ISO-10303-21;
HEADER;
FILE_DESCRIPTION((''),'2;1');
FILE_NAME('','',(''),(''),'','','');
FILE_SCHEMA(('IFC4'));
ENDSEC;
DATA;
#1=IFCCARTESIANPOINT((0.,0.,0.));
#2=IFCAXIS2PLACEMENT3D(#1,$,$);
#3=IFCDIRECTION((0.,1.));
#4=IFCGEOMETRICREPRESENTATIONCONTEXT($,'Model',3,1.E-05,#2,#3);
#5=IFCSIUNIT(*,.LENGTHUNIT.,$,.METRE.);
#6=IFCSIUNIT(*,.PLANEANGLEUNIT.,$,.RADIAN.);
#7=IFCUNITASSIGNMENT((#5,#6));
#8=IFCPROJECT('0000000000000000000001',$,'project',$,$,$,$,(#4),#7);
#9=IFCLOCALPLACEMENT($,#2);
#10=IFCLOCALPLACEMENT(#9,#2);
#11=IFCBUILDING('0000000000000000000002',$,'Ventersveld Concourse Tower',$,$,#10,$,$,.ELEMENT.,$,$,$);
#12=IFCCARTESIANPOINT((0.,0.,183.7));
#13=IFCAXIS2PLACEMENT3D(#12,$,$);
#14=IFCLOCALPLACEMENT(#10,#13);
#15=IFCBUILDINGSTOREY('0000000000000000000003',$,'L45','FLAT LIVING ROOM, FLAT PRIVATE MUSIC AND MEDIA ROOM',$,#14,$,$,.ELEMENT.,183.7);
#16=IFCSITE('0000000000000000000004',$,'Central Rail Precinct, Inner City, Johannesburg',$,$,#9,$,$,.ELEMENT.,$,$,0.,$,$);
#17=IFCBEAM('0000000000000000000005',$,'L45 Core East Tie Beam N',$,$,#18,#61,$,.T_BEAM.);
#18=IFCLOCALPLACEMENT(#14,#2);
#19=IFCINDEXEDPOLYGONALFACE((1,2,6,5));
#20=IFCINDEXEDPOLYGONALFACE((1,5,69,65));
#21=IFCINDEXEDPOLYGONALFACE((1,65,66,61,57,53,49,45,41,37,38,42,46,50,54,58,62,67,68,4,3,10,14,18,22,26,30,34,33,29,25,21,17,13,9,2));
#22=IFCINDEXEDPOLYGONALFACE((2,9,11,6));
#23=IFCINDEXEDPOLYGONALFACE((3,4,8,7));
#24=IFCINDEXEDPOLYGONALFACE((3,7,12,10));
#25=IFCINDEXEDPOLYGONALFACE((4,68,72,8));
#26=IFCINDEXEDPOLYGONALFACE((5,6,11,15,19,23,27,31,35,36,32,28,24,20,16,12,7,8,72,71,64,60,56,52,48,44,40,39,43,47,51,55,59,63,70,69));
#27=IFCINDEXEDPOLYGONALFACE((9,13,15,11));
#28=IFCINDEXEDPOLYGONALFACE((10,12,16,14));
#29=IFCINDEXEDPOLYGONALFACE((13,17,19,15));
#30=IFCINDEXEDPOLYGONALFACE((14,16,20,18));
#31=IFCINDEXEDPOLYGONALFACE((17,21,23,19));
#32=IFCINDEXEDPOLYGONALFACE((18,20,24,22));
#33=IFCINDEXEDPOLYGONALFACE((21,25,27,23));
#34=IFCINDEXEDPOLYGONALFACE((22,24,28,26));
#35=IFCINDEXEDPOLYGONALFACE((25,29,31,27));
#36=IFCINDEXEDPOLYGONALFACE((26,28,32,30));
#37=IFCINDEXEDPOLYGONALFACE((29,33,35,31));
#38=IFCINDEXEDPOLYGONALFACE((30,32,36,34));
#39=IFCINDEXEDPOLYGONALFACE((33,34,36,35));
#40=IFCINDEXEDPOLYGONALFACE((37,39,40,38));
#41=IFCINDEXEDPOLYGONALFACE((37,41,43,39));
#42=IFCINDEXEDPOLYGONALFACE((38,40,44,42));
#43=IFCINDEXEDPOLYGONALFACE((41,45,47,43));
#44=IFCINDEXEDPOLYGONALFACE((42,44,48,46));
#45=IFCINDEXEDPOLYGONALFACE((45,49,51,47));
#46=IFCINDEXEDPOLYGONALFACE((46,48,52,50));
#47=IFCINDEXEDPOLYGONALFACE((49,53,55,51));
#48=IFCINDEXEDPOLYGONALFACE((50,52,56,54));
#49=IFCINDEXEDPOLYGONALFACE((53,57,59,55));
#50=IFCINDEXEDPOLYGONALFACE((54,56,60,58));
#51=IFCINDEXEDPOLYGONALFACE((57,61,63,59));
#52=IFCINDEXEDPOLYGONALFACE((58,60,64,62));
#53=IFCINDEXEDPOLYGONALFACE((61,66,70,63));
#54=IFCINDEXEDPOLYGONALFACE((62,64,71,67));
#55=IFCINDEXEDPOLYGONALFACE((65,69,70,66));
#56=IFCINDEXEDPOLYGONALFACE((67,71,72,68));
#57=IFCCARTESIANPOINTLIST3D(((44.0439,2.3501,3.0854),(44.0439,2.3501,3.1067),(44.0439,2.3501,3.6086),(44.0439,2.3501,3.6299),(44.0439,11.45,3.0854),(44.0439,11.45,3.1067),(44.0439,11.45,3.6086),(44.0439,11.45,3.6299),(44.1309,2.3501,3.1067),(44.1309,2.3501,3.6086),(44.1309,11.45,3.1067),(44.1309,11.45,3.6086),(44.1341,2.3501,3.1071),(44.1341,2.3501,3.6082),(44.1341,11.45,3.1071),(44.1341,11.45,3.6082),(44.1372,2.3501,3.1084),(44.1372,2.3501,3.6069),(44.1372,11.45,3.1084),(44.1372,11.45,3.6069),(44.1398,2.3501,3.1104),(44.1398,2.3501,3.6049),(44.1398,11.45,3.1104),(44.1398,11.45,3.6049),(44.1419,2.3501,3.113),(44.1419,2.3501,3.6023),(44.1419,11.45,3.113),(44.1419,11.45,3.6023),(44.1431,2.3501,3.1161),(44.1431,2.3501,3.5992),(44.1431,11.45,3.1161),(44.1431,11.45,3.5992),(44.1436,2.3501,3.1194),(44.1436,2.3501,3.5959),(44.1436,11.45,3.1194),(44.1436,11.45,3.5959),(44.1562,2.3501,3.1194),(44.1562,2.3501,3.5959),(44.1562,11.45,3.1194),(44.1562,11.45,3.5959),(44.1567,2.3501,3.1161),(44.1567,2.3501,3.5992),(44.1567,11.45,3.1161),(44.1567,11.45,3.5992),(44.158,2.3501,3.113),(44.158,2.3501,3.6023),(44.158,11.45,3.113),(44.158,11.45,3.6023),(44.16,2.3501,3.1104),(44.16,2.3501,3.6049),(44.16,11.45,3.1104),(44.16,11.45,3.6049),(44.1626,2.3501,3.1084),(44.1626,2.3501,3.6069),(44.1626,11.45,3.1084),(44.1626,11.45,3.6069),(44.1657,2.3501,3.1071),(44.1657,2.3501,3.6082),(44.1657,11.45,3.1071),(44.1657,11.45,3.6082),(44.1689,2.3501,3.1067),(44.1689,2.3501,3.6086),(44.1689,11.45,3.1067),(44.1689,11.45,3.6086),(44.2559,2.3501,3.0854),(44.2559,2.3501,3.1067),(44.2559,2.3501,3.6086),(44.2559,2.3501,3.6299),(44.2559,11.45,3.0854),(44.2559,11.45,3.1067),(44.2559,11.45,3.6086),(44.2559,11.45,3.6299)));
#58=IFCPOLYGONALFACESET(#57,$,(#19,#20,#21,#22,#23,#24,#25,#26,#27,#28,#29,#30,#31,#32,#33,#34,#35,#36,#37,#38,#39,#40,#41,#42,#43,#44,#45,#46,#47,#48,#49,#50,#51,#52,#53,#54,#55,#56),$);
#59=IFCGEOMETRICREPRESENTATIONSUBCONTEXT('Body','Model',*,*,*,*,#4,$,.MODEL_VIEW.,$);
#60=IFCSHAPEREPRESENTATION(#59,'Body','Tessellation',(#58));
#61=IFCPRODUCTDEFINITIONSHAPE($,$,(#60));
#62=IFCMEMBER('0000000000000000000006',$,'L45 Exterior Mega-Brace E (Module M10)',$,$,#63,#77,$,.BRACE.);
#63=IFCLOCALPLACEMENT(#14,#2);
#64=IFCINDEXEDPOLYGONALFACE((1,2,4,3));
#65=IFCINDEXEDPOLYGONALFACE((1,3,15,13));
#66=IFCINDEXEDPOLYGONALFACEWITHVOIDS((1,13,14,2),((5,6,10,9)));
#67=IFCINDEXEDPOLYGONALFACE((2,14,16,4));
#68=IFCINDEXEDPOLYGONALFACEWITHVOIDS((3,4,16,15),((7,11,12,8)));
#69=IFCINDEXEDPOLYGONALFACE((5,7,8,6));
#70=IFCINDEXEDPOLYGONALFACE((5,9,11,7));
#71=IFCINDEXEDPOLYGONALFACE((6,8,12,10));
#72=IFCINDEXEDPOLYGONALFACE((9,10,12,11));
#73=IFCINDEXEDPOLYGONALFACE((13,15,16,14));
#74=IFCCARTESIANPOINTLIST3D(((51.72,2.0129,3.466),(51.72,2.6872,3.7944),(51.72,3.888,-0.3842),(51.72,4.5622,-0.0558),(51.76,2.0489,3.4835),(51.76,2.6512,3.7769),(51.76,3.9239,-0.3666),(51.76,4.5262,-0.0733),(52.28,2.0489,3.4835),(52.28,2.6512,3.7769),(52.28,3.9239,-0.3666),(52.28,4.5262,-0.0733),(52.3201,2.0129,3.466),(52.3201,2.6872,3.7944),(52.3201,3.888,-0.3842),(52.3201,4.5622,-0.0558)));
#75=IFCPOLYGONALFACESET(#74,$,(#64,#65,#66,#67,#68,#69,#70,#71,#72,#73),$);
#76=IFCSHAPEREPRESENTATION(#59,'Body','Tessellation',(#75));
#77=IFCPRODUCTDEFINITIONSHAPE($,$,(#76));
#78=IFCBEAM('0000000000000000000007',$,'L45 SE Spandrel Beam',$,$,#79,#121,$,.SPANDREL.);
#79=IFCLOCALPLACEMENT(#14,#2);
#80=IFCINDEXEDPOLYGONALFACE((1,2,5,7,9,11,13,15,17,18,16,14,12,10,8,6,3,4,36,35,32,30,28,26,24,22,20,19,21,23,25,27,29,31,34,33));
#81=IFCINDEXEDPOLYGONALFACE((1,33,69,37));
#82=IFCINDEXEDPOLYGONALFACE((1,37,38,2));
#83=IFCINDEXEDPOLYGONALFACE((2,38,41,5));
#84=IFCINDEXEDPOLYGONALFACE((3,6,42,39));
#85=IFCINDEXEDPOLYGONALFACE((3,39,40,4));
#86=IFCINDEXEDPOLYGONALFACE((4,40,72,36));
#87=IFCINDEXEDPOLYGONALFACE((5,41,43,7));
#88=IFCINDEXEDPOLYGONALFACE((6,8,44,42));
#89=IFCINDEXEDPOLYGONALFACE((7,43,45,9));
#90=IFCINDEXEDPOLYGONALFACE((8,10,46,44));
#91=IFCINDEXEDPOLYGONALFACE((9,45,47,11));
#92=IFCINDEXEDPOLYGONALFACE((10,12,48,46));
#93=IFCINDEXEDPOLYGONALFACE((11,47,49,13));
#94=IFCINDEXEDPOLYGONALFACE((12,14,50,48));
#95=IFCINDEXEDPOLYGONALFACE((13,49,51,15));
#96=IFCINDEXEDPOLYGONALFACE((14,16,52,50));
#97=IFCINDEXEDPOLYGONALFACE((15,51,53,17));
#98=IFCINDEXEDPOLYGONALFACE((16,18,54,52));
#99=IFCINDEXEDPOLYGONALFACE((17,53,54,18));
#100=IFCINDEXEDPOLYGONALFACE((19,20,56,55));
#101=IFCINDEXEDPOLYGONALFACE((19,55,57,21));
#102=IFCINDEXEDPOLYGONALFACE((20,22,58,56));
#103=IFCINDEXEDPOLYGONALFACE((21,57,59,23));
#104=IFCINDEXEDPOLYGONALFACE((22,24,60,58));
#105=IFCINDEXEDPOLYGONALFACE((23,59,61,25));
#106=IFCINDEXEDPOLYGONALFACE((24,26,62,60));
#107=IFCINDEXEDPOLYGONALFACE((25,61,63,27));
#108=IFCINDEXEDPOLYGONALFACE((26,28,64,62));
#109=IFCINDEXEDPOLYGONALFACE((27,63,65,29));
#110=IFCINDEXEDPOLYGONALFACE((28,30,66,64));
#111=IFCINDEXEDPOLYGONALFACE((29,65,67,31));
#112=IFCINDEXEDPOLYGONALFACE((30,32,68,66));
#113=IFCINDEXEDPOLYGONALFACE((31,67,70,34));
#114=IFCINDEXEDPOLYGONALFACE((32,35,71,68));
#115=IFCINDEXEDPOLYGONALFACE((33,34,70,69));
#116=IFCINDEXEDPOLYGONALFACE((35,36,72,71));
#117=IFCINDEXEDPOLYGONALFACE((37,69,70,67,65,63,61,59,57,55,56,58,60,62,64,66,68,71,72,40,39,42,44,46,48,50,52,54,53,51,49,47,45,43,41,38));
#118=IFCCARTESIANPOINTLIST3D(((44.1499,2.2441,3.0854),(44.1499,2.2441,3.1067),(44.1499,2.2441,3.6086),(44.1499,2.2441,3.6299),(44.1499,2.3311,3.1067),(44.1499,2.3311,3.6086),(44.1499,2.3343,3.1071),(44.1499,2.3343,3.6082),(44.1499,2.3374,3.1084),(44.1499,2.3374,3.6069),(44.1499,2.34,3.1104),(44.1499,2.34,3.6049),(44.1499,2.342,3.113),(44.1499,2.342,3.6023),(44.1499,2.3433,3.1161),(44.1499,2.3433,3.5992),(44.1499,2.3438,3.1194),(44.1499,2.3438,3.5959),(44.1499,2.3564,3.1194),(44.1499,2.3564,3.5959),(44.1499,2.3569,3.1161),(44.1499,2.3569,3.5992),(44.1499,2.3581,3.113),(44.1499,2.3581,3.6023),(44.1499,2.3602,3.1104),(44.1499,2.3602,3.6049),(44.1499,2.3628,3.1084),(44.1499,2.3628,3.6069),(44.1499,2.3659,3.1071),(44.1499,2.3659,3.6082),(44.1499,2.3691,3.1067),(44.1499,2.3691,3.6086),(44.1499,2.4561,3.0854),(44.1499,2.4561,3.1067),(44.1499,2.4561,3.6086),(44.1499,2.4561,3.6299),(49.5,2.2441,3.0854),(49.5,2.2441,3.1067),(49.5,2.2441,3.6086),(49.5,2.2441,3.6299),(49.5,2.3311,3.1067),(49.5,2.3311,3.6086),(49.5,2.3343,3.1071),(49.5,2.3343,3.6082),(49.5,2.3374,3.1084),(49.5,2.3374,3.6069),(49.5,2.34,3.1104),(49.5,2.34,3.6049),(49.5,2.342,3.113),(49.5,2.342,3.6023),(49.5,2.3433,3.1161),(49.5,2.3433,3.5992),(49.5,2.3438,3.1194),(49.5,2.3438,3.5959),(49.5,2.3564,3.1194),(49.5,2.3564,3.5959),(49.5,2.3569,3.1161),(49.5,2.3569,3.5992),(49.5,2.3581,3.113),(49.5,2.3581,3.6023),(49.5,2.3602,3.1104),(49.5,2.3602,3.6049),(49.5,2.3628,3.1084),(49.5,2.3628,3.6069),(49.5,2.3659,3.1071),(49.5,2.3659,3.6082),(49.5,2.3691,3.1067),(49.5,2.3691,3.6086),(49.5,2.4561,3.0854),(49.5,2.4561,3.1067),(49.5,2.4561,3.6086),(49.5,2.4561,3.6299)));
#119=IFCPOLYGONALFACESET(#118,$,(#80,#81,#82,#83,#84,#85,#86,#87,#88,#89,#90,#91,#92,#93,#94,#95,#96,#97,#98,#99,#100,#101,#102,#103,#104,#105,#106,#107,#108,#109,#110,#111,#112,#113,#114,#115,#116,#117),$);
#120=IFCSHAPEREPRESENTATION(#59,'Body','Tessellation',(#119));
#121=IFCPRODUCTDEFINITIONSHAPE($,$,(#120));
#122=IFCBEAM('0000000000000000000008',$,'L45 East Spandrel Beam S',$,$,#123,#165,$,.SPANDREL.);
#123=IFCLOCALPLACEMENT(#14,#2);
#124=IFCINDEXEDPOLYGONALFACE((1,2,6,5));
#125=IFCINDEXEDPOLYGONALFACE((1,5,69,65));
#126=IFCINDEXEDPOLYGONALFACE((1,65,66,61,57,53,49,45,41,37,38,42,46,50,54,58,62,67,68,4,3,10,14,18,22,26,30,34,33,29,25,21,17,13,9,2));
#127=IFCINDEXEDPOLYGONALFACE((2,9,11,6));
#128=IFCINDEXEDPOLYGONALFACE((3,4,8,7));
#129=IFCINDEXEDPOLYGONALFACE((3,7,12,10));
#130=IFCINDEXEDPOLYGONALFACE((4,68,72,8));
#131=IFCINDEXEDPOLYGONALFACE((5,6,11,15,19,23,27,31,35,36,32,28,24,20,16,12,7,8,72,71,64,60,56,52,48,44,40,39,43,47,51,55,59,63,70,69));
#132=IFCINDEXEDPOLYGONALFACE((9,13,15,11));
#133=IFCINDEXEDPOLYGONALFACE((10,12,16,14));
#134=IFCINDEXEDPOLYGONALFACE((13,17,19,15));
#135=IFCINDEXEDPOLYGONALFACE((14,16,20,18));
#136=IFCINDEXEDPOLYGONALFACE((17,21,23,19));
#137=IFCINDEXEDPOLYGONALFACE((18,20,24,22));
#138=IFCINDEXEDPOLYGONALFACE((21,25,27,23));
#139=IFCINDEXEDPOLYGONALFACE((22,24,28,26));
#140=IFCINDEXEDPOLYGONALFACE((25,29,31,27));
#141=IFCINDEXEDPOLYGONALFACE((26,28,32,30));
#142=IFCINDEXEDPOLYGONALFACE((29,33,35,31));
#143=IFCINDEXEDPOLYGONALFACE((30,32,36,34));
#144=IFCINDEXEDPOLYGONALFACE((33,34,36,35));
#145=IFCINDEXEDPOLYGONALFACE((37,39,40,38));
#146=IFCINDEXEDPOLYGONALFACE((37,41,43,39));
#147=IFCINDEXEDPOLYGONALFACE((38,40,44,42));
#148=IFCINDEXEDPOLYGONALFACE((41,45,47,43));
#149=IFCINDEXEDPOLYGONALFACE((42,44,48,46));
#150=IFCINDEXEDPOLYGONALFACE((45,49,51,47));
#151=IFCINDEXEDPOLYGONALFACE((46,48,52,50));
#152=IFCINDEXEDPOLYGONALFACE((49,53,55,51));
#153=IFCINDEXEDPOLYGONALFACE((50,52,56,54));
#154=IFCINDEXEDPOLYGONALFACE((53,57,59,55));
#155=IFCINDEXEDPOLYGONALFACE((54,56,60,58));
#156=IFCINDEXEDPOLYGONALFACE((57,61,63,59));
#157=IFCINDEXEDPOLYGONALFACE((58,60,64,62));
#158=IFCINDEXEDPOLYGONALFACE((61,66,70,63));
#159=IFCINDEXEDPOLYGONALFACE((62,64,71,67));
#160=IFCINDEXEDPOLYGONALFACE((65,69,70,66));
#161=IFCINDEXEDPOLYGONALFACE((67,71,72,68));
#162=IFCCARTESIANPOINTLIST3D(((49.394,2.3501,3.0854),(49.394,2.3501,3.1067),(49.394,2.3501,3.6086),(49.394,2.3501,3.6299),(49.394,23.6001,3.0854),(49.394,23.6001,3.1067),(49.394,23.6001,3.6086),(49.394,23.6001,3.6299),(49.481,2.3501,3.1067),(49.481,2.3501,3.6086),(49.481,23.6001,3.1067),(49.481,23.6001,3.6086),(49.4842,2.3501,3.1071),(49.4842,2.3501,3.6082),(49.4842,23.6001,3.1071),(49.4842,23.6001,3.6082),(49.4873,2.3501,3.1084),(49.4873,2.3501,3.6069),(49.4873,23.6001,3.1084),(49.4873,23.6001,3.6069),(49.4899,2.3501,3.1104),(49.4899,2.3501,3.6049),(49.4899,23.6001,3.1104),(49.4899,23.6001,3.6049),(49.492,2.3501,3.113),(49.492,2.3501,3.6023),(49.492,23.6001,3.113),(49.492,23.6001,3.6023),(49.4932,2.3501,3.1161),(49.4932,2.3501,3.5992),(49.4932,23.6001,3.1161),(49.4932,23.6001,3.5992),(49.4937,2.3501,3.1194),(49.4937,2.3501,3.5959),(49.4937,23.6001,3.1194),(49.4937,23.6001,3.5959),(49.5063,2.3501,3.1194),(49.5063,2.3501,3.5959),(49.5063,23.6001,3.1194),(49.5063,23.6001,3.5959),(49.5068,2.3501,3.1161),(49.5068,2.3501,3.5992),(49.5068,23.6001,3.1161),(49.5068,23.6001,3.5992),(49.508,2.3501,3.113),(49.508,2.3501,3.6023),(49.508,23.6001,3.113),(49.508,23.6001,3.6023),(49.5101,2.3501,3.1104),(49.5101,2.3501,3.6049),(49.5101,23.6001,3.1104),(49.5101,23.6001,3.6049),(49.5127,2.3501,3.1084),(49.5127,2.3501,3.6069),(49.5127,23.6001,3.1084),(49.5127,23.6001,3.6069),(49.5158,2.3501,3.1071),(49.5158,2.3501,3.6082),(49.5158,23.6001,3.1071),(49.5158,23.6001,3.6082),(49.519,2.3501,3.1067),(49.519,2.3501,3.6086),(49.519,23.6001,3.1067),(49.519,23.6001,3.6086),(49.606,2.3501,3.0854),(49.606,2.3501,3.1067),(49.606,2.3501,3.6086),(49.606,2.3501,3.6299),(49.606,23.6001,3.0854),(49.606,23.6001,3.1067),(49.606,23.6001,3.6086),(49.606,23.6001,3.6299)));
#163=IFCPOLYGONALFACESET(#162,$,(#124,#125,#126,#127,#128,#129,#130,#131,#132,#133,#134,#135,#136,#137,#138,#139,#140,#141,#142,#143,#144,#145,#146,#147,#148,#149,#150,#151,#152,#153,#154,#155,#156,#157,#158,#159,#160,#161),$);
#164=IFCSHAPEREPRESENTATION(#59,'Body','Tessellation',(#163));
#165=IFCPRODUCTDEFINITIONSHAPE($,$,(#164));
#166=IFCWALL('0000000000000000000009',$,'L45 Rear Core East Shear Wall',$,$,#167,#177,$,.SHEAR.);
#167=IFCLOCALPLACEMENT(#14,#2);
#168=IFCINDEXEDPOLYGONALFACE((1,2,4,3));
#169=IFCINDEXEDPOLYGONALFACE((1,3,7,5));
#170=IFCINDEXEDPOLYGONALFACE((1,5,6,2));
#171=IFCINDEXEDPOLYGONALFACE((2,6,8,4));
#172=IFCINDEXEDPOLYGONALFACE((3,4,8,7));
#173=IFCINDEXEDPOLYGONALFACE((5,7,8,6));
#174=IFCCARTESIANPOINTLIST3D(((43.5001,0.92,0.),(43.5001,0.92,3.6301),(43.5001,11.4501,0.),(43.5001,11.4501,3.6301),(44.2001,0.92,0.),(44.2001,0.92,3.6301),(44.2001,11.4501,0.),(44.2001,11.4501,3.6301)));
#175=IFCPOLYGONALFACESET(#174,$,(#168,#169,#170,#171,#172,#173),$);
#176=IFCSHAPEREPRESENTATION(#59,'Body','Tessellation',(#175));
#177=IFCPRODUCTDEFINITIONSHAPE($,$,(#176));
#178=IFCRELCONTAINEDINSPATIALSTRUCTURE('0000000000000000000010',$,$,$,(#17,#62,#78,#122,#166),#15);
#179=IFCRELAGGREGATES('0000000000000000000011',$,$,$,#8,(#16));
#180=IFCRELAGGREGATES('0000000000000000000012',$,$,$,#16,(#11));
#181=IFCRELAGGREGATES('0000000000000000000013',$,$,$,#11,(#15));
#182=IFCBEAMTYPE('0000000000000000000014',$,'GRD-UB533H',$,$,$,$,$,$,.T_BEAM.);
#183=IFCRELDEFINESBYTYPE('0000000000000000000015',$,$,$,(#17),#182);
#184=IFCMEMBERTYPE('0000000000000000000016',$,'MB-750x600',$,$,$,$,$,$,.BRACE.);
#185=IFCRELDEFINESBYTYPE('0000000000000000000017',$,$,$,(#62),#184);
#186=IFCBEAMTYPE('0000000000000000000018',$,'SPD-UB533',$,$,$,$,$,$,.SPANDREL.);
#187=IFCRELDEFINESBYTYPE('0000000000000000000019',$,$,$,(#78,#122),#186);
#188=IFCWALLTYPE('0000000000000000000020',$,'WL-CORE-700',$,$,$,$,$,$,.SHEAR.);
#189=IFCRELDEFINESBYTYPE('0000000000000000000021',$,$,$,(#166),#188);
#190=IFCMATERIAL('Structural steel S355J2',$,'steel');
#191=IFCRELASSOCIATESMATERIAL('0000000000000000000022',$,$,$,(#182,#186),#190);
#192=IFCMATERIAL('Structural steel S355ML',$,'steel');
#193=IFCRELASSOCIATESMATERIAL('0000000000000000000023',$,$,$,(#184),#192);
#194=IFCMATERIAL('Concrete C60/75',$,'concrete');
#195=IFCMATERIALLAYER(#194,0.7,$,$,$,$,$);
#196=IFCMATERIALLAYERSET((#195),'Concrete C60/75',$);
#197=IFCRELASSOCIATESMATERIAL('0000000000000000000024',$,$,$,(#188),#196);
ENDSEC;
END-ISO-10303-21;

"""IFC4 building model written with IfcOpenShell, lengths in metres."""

from ifc_helpers import new_model, si_unit, direction, frame, frame_2d, origin, origin_2d, place, context, subcontext, project, spatial, rectangle, hollow_rectangle, i_section, extrude, material, layer, layer_set, material_profile, profile_set, type_object, element, save


model = new_model("IFC4")

# Units and contexts
model_context = context("Model", 3, precision=1e-05, world=origin(), true_north=direction((0.0, 1.0)))
body_context = subcontext(model_context, "Body", "Model", "MODEL_VIEW")
ifc_project = project(units=[si_unit("LENGTHUNIT", "METRE"), si_unit("PLANEANGLEUNIT", "RADIAN")], contexts=[model_context])

# Site, building, storey
site_placement = place(None, origin())
site = spatial("IfcSite", under=ifc_project, at=site_placement, Name="Central Rail Precinct, Inner City, Johannesburg", CompositionType="ELEMENT", RefElevation=0.0)
building_placement = place(site_placement, origin())
building = spatial("IfcBuilding", under=site, at=building_placement, Name="Ventersveld Concourse Tower", CompositionType="ELEMENT")
storey_placement = place(building_placement, frame((0.0, 0.0, 183.7)))
storey = spatial("IfcBuildingStorey", under=building, at=storey_placement, Name="L45", Description="FLAT LIVING ROOM, FLAT PRIVATE MUSIC AND MEDIA ROOM", CompositionType="ELEMENT", Elevation=183.7)

# Beam
ifc_material_1 = material(Name="Structural steel S355J2", Category="steel")
ifc_material_profile_1 = material_profile(ifc_material_1, i_section(OverallWidth=0.2119, OverallDepth=0.5444, WebThickness=0.0127, FlangeThickness=0.0212, FilletRadius=0.0127, at=origin_2d()), Name="UB 533x210x122")
ifc_profile_set_1 = profile_set([ifc_material_profile_1], Name="Structural steel S355J2")
beam_type_1 = type_object("IfcBeamType", Name="GRD-UB533H", PredefinedType="T_BEAM", material=ifc_profile_set_1)
beam_1_placement = place(storey_placement, frame((44.1499, 2.3501, 3.3577), z_axis=(0.0, 1.0, 0.0), x_axis=(-1.0, 0.0, 0.0)))
element("IfcBeam", 1, at=beam_1_placement, inside=storey, type_object=beam_type_1, Name="L45 Core East Tie Beam N", PredefinedType="T_BEAM", context=body_context, shape_type="SweptSolid", body=[
    extrude(i_section(OverallWidth=0.2119, OverallDepth=0.5444, WebThickness=0.0127, FlangeThickness=0.0212, FilletRadius=0.0127, at=origin_2d()), origin(), (0.0, 0.0, 1.0), 9.0999),
])

# Member
ifc_material_2 = material(Name="Structural steel S355ML", Category="steel")
ifc_material_profile_2 = material_profile(ifc_material_2, hollow_rectangle(XDim=0.6001, YDim=0.75, WallThickness=0.04, at=origin_2d()), Name="BOX 750x600x40")
ifc_profile_set_2 = profile_set([ifc_material_profile_2], Name="Structural steel S355ML")
member_type = type_object("IfcMemberType", Name="MB-750x600", PredefinedType="BRACE", material=ifc_profile_set_2)
member_placement = place(storey_placement, frame((52.02, 4.2251, -0.22), z_axis=(0.0, -0.437839, 0.899053), x_axis=(1.0, 0.0, 0.0)))
element("IfcMember", 2, at=member_placement, inside=storey, type_object=member_type, Name="L45 Exterior Mega-Brace E (Module M10)", PredefinedType="BRACE", context=body_context, shape_type="SweptSolid", body=[
    extrude(hollow_rectangle(XDim=0.6001, YDim=0.75, WallThickness=0.04, at=origin_2d()), origin(), (0.0, 0.0, 1.0), 4.2825),
])

# Beams
ifc_material_profile_3 = material_profile(ifc_material_1, i_section(OverallWidth=0.2119, OverallDepth=0.5444, WebThickness=0.0127, FlangeThickness=0.0212, FilletRadius=0.0127, at=origin_2d()), Name="UB 533x210x122")
ifc_profile_set_3 = profile_set([ifc_material_profile_3], Name="Structural steel S355J2")
beam_type_2 = type_object("IfcBeamType", Name="SPD-UB533", PredefinedType="SPANDREL", material=ifc_profile_set_3)
beam_2_placement = place(storey_placement, frame((44.1499, 2.3501, 3.3577), z_axis=(1.0, 0.0, 0.0), x_axis=(0.0, 1.0, 0.0)))
element("IfcBeam", 3, at=beam_2_placement, inside=storey, type_object=beam_type_2, Name="L45 SE Spandrel Beam", PredefinedType="SPANDREL", context=body_context, shape_type="SweptSolid", body=[
    extrude(i_section(OverallWidth=0.2119, OverallDepth=0.5444, WebThickness=0.0127, FlangeThickness=0.0212, FilletRadius=0.0127, at=origin_2d()), origin(), (0.0, 0.0, 1.0), 5.3501),
])
beam_3_placement = place(storey_placement, frame((49.5, 2.3501, 3.3577), z_axis=(0.0, 1.0, 0.0), x_axis=(-1.0, 0.0, 0.0)))
element("IfcBeam", 4, at=beam_3_placement, inside=storey, type_object=beam_type_2, Name="L45 East Spandrel Beam S", PredefinedType="SPANDREL", context=body_context, shape_type="SweptSolid", body=[
    extrude(i_section(OverallWidth=0.2119, OverallDepth=0.5444, WebThickness=0.0127, FlangeThickness=0.0212, FilletRadius=0.0127, at=origin_2d()), origin(), (0.0, 0.0, 1.0), 21.25),
])

# Wall
ifc_material_3 = material(Name="Concrete C60/75", Category="concrete")
ifc_layer_1 = layer(ifc_material_3, 0.7)
ifc_layer_set_1 = layer_set([ifc_layer_1], Name="Concrete C60/75")
wall_type_1 = type_object("IfcWallType", Name="WL-CORE-700", PredefinedType="SHEAR", material=ifc_layer_set_1)
wall_1_placement = place(storey_placement, frame((43.8501, 0.9199, 0.0), z_axis=(0.0, 0.0, 1.0), x_axis=(0.0, 1.0, 0.0)))
element("IfcWall", 5, at=wall_1_placement, inside=storey, type_object=wall_type_1, Name="L45 Rear Core East Shear Wall", PredefinedType="SHEAR", context=body_context, shape_type="SweptSolid", body=[
    extrude(rectangle(XDim=10.53, YDim=0.7, at=frame_2d((5.2651, 0.0))), origin(), (0.0, 0.0, 1.0), 3.6301),
])

save(model, "model.ifc")
